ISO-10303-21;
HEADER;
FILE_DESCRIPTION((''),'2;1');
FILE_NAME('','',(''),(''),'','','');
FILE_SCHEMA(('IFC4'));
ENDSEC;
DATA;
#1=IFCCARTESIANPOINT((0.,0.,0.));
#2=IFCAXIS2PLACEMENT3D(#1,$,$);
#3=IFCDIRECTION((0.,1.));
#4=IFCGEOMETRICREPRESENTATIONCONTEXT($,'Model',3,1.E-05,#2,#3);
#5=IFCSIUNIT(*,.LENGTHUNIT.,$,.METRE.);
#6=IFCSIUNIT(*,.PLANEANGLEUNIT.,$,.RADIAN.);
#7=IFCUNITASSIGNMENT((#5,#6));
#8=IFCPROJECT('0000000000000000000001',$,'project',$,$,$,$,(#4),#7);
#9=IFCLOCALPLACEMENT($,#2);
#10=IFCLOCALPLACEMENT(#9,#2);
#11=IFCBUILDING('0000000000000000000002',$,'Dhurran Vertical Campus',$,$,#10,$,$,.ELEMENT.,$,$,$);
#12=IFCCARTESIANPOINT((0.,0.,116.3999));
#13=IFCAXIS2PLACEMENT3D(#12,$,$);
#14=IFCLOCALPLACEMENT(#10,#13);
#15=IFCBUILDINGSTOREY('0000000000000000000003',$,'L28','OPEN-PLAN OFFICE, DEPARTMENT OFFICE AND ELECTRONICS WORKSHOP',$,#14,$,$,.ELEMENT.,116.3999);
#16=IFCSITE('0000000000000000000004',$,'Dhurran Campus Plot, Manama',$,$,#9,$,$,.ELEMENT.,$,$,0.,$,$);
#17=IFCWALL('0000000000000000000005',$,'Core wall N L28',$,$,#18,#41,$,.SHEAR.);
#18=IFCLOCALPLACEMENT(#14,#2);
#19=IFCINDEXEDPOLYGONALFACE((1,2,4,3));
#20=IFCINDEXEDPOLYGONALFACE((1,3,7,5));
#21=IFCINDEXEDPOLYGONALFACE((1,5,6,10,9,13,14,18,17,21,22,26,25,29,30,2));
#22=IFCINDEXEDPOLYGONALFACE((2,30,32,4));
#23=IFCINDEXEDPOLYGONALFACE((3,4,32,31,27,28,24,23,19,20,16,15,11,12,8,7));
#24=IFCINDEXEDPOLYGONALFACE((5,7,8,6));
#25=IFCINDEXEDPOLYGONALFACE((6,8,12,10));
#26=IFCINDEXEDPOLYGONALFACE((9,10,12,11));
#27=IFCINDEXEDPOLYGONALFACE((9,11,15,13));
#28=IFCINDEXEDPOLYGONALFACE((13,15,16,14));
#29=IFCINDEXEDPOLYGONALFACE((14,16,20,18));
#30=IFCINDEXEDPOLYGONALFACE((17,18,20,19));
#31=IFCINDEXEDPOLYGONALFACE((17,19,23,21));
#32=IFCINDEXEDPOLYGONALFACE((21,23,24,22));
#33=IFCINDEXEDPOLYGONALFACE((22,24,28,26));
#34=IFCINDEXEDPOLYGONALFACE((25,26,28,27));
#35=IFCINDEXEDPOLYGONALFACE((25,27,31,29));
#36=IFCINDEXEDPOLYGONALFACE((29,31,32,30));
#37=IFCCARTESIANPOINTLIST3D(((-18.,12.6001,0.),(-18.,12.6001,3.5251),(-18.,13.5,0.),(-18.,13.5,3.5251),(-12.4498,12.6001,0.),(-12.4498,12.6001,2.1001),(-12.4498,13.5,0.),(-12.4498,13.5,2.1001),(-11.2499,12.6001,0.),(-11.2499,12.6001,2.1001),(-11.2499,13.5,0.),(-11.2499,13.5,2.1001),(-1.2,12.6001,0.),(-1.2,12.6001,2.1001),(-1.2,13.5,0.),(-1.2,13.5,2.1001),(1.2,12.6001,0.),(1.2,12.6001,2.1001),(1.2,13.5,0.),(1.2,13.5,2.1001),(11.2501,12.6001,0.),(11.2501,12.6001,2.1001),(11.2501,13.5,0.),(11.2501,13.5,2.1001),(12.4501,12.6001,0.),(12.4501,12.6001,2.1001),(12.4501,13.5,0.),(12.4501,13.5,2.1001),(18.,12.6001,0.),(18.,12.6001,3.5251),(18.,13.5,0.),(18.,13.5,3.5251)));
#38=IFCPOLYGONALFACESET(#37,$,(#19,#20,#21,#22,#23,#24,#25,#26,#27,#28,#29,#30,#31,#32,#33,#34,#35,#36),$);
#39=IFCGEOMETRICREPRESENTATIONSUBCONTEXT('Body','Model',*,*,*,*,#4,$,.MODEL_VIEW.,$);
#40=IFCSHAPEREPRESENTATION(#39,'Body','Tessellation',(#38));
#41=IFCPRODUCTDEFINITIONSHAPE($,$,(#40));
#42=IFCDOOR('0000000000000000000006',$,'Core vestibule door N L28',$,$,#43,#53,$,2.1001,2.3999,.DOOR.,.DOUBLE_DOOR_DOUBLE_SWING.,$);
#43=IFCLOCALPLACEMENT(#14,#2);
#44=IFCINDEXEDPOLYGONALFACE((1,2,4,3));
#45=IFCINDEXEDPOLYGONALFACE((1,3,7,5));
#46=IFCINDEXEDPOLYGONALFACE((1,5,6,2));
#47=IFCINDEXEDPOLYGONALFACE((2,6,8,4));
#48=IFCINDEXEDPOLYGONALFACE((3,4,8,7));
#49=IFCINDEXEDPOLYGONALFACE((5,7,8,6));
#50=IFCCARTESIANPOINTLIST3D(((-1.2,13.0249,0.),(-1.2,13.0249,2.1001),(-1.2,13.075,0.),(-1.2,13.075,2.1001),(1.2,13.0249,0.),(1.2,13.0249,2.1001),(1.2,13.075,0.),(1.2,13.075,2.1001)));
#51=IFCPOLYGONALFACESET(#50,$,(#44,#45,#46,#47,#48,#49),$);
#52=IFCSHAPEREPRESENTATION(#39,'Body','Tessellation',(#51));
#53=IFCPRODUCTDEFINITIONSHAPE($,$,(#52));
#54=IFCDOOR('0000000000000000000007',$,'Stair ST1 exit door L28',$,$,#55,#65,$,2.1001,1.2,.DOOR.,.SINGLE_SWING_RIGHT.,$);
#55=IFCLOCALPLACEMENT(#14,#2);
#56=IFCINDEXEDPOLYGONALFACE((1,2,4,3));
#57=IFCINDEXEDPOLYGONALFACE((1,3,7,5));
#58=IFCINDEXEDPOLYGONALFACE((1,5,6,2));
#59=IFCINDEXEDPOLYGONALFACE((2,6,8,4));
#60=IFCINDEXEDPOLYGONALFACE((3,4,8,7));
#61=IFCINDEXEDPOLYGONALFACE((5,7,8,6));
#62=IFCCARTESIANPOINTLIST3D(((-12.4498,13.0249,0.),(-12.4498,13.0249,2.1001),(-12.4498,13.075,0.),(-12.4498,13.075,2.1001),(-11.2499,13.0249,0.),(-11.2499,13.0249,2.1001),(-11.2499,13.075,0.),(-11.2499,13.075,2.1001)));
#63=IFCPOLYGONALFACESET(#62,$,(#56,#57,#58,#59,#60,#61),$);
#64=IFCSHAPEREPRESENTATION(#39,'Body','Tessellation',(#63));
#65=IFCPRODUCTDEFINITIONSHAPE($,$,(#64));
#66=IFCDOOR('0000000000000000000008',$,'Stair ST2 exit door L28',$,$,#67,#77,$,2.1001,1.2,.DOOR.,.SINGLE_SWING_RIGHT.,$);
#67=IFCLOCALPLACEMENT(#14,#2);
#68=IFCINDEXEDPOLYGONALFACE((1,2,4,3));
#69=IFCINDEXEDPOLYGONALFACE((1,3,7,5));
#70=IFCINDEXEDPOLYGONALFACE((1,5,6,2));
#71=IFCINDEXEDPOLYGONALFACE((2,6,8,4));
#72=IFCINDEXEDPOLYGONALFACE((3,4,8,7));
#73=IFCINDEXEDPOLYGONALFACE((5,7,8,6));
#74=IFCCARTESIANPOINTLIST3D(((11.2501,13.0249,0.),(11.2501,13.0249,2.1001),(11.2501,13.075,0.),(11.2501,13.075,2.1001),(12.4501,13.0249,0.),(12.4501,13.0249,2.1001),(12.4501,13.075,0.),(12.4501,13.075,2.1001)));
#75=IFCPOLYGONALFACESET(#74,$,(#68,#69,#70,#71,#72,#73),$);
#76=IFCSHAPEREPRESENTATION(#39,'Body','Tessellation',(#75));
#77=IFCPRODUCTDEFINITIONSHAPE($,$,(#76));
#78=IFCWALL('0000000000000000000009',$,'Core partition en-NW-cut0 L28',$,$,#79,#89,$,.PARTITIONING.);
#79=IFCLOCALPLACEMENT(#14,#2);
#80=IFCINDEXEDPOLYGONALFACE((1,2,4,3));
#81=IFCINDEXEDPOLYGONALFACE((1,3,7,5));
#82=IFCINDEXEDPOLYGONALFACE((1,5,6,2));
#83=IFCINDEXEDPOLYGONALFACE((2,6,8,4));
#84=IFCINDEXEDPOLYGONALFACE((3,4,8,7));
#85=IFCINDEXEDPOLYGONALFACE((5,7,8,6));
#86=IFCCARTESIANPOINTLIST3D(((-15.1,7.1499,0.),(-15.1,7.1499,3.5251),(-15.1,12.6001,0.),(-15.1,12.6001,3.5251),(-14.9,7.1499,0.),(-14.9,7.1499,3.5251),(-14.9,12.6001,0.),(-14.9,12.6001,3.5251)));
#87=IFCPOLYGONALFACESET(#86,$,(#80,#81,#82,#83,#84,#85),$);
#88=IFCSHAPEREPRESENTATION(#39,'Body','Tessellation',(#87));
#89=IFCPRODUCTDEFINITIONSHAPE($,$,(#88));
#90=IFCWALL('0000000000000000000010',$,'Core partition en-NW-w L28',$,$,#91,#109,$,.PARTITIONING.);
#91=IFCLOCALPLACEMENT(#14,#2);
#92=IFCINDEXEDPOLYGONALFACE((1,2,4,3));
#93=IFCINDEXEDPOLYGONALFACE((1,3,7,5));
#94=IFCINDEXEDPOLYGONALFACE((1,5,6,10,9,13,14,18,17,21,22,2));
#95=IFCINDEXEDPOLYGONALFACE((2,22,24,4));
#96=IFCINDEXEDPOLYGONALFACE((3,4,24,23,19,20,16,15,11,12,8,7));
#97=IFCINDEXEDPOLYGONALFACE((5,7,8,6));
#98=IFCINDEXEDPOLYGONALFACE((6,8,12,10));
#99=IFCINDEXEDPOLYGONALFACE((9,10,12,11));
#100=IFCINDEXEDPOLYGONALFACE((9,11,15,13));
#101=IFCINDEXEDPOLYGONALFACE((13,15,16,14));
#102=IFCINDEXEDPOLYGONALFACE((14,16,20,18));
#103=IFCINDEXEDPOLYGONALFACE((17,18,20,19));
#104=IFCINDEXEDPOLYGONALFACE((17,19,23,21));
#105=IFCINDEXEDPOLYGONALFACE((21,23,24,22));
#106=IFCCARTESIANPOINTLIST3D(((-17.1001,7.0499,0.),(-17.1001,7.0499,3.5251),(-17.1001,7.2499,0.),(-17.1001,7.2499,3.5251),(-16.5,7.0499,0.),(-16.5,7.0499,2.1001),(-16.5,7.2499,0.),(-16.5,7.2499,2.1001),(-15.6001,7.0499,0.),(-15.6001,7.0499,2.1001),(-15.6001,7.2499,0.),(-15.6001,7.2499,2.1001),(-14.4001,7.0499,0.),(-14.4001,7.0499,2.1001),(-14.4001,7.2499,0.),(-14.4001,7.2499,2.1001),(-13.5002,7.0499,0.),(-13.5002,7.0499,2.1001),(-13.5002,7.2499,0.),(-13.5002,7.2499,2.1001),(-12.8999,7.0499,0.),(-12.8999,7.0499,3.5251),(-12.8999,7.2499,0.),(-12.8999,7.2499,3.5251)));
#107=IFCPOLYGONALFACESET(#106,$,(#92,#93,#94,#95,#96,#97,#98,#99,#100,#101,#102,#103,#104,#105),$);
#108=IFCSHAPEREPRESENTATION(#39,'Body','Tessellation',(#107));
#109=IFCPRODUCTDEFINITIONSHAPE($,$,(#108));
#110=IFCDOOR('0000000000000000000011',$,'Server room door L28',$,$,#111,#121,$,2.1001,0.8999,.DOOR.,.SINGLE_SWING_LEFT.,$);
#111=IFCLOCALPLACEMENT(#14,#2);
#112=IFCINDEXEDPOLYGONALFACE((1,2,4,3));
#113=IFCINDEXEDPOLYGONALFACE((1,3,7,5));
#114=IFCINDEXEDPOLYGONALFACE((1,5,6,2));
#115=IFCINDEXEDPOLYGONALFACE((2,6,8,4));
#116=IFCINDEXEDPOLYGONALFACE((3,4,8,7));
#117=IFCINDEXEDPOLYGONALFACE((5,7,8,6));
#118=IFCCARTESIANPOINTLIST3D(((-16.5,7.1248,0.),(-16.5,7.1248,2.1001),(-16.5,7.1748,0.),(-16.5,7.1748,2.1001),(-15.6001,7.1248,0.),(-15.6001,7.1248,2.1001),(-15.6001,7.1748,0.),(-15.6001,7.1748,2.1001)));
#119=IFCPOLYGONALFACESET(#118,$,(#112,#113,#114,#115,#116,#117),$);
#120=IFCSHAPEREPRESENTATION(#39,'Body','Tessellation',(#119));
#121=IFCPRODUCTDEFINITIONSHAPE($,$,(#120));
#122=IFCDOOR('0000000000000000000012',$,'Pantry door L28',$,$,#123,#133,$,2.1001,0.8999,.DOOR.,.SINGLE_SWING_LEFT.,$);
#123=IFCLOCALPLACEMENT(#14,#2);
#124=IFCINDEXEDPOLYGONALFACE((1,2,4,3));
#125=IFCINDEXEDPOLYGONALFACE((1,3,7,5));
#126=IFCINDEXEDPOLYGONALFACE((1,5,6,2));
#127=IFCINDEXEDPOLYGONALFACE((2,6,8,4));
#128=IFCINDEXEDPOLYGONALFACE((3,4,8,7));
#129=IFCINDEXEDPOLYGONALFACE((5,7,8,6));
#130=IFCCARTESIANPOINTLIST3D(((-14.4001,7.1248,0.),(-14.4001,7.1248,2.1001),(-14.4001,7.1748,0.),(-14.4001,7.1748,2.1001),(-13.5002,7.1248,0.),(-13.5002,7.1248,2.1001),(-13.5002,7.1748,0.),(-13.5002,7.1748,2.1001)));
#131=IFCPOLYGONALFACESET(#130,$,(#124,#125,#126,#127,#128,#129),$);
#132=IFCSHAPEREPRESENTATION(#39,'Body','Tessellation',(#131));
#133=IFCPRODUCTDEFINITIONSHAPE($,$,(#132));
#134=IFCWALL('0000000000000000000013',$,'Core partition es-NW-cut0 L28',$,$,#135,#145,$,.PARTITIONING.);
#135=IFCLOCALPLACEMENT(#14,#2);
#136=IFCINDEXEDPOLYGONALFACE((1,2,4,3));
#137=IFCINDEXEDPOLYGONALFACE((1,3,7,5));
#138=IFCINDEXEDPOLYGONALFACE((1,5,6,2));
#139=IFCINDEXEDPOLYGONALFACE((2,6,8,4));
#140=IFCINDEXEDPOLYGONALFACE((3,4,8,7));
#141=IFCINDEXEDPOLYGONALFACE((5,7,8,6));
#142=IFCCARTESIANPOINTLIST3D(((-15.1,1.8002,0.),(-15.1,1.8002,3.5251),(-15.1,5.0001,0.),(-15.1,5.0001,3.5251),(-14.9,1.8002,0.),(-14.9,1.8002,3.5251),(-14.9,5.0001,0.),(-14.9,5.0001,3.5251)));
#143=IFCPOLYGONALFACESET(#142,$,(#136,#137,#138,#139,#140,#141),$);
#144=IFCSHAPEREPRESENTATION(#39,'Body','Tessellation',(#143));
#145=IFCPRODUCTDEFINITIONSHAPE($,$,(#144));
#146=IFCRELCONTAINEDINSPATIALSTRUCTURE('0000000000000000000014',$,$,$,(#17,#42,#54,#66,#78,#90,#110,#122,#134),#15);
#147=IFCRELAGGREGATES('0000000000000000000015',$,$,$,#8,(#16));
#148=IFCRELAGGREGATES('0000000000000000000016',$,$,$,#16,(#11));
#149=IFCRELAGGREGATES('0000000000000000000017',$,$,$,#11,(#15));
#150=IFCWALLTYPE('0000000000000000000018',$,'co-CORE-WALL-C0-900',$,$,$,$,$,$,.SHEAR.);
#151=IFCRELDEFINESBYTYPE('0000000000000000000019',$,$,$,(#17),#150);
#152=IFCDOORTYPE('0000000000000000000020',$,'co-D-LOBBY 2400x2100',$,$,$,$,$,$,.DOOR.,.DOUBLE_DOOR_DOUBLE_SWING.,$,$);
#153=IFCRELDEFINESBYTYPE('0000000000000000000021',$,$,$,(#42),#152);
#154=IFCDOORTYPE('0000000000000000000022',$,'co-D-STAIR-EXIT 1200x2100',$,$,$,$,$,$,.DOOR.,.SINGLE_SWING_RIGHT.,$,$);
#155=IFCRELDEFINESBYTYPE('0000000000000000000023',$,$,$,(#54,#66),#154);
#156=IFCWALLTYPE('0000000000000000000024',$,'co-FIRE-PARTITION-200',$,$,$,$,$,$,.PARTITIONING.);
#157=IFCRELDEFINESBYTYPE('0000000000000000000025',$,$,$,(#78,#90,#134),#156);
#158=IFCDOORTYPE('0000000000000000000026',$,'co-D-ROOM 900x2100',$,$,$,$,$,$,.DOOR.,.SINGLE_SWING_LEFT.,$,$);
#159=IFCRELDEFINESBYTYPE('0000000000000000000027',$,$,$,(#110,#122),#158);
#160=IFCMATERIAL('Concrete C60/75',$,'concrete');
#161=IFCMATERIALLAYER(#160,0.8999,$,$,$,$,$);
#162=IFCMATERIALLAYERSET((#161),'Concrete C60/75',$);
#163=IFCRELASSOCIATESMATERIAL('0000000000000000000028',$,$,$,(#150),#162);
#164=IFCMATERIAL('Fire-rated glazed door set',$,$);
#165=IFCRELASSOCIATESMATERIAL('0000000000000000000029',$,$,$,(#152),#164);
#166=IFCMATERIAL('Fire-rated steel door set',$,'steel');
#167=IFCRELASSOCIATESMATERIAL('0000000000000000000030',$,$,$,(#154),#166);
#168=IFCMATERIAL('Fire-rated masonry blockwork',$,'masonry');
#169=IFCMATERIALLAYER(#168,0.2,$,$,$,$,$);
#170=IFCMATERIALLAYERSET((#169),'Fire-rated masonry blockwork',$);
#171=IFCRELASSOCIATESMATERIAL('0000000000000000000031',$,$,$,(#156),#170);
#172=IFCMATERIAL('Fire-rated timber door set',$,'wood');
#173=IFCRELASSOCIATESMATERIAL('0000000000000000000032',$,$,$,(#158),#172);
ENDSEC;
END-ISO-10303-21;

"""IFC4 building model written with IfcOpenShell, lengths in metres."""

from ifc_helpers import new_model, si_unit, direction, frame, frame_2d, origin, place, context, subcontext, project, spatial, rectangle, extrude, material, layer, layer_set, type_object, element, fill, save


model = new_model("IFC4")

# Units and contexts
model_context = context("Model", 3, precision=1e-05, world=origin(), true_north=direction((0.0, 1.0)))
body_context = subcontext(model_context, "Body", "Model", "MODEL_VIEW")
ifc_project = project(units=[si_unit("LENGTHUNIT", "METRE"), si_unit("PLANEANGLEUNIT", "RADIAN")], contexts=[model_context])

# Site, building, storey
site_placement = place(None, origin())
site = spatial("IfcSite", under=ifc_project, at=site_placement, Name="Dhurran Campus Plot, Manama", CompositionType="ELEMENT", RefElevation=0.0)
building_placement = place(site_placement, origin())
building = spatial("IfcBuilding", under=site, at=building_placement, Name="Dhurran Vertical Campus", CompositionType="ELEMENT")
storey_placement = place(building_placement, frame((0.0, 0.0, 116.3999)))
storey = spatial("IfcBuildingStorey", under=building, at=storey_placement, Name="L28", Description="OPEN-PLAN OFFICE, DEPARTMENT OFFICE AND ELECTRONICS WORKSHOP", CompositionType="ELEMENT", Elevation=116.3999)

# Wall, openings, doors
ifc_material_1 = material(Name="Concrete C60/75", Category="concrete")
ifc_layer_1 = layer(ifc_material_1, 0.8999)
ifc_layer_set_1 = layer_set([ifc_layer_1], Name="Concrete C60/75")
wall_type_1 = type_object("IfcWallType", Name="co-CORE-WALL-C0-900", PredefinedType="SHEAR", material=ifc_layer_set_1)
wall_1_placement = place(storey_placement, frame((-18.0, 13.05, 0.0), z_axis=(0.0, 0.0, 1.0), x_axis=(1.0, 0.0, 0.0)))
wall_1 = element("IfcWall", 1, at=wall_1_placement, inside=storey, type_object=wall_type_1, Name="Core wall N L28", PredefinedType="SHEAR", context=body_context, shape_type="SweptSolid", body=[
    extrude(rectangle(XDim=36.0, YDim=0.8999, at=frame_2d((18.0, 0.0))), origin(), (0.0, 0.0, 1.0), 3.5251),
])
opening_1_placement = place(wall_1_placement, frame((16.8, 0.0, 0.0)))
opening_1 = element("IfcOpeningElement", 2, at=opening_1_placement, cuts=wall_1, PredefinedType="OPENING", context=body_context, shape_type="SweptSolid", body=[
    extrude(rectangle(XDim=2.3999, YDim=2.1001, at=frame_2d((1.2, 1.05))), frame((0.0, 0.46, 0.0), z_axis=(0.0, -1.0, 0.0), x_axis=(1.0, 0.0, 0.0)), (0.0, 0.0, 1.0), 0.9199),
])
opening_2_placement = place(wall_1_placement, frame((5.55, 0.0, 0.0)))
opening_2 = element("IfcOpeningElement", 3, at=opening_2_placement, cuts=wall_1, PredefinedType="OPENING", context=body_context, shape_type="SweptSolid", body=[
    extrude(rectangle(XDim=1.2, YDim=2.1001, at=frame_2d((0.6001, 1.05))), frame((0.0, 0.46, 0.0), z_axis=(0.0, -1.0, 0.0), x_axis=(1.0, 0.0, 0.0)), (0.0, 0.0, 1.0), 0.9199),
])
opening_3_placement = place(wall_1_placement, frame((29.25, 0.0, 0.0)))
opening_3 = element("IfcOpeningElement", 4, at=opening_3_placement, cuts=wall_1, PredefinedType="OPENING", context=body_context, shape_type="SweptSolid", body=[
    extrude(rectangle(XDim=1.2, YDim=2.1001, at=frame_2d((0.6001, 1.05))), frame((0.0, 0.46, 0.0), z_axis=(0.0, -1.0, 0.0), x_axis=(1.0, 0.0, 0.0)), (0.0, 0.0, 1.0), 0.9199),
])
ifc_material_2 = material(Name="Fire-rated glazed door set")
door_type_1 = type_object("IfcDoorType", Name="co-D-LOBBY 2400x2100", OperationType="DOUBLE_DOOR_DOUBLE_SWING", PredefinedType="DOOR", material=ifc_material_2)
door_1_placement = place(opening_1_placement, origin())
door_1 = element("IfcDoor", 5, at=door_1_placement, inside=storey, type_object=door_type_1, Name="Core vestibule door N L28", OperationType="DOUBLE_DOOR_DOUBLE_SWING", OverallHeight=2.1001, OverallWidth=2.3999, PredefinedType="DOOR", context=body_context, shape_type="SweptSolid", body=[
    extrude(rectangle(XDim=2.3999, YDim=2.1001, at=frame_2d((1.2, 1.05))), frame((0.0, 0.0249, 0.0), z_axis=(0.0, -1.0, 0.0), x_axis=(1.0, 0.0, 0.0)), (0.0, 0.0, 1.0), 0.05),
])
fill(opening_1, door_1)
ifc_material_3 = material(Name="Fire-rated steel door set", Category="steel")
door_type_2 = type_object("IfcDoorType", Name="co-D-STAIR-EXIT 1200x2100", OperationType="SINGLE_SWING_RIGHT", PredefinedType="DOOR", material=ifc_material_3)
door_2_placement = place(opening_2_placement, origin())
door_2 = element("IfcDoor", 6, at=door_2_placement, inside=storey, type_object=door_type_2, Name="Stair ST1 exit door L28", OperationType="SINGLE_SWING_RIGHT", OverallHeight=2.1001, OverallWidth=1.2, PredefinedType="DOOR", context=body_context, shape_type="SweptSolid", body=[
    extrude(rectangle(XDim=1.2, YDim=2.1001, at=frame_2d((0.6001, 1.05))), frame((0.0, 0.0249, 0.0), z_axis=(0.0, -1.0, 0.0), x_axis=(1.0, 0.0, 0.0)), (0.0, 0.0, 1.0), 0.05),
])
fill(opening_2, door_2)
door_3_placement = place(opening_3_placement, origin())
door_3 = element("IfcDoor", 7, at=door_3_placement, inside=storey, type_object=door_type_2, Name="Stair ST2 exit door L28", OperationType="SINGLE_SWING_RIGHT", OverallHeight=2.1001, OverallWidth=1.2, PredefinedType="DOOR", context=body_context, shape_type="SweptSolid", body=[
    extrude(rectangle(XDim=1.2, YDim=2.1001, at=frame_2d((0.6001, 1.05))), frame((0.0, 0.0249, 0.0), z_axis=(0.0, -1.0, 0.0), x_axis=(1.0, 0.0, 0.0)), (0.0, 0.0, 1.0), 0.05),
])
fill(opening_3, door_3)

# Wall
ifc_material_4 = material(Name="Fire-rated masonry blockwork", Category="masonry")
ifc_layer_2 = layer(ifc_material_4, 0.2)
ifc_layer_set_2 = layer_set([ifc_layer_2], Name="Fire-rated masonry blockwork")
wall_type_2 = type_object("IfcWallType", Name="co-FIRE-PARTITION-200", PredefinedType="PARTITIONING", material=ifc_layer_set_2)
wall_2_placement = place(storey_placement, frame((-15.0, 7.1499, 0.0), z_axis=(0.0, 0.0, 1.0), x_axis=(0.0, 1.0, 0.0)))
element("IfcWall", 8, at=wall_2_placement, inside=storey, type_object=wall_type_2, Name="Core partition en-NW-cut0 L28", PredefinedType="PARTITIONING", context=body_context, shape_type="SweptSolid", body=[
    extrude(rectangle(XDim=5.4502, YDim=0.2, at=frame_2d((2.7251, 0.0))), origin(), (0.0, 0.0, 1.0), 3.5251),
])

# Wall, openings, doors
wall_3_placement = place(storey_placement, frame((-17.1001, 7.1499, 0.0), z_axis=(0.0, 0.0, 1.0), x_axis=(1.0, 0.0, 0.0)))
wall_3 = element("IfcWall", 9, at=wall_3_placement, inside=storey, type_object=wall_type_2, Name="Core partition en-NW-w L28", PredefinedType="PARTITIONING", context=body_context, shape_type="SweptSolid", body=[
    extrude(rectangle(XDim=4.2002, YDim=0.2, at=frame_2d((2.1001, 0.0))), origin(), (0.0, 0.0, 1.0), 3.5251),
])
opening_4_placement = place(wall_3_placement, frame((0.6001, 0.0, 0.0)))
opening_4 = element("IfcOpeningElement", 10, at=opening_4_placement, cuts=wall_3, PredefinedType="OPENING", context=body_context, shape_type="SweptSolid", body=[
    extrude(rectangle(XDim=0.8999, YDim=2.1001, at=frame_2d((0.45, 1.05))), frame((0.0, 0.1099, 0.0), z_axis=(0.0, -1.0, 0.0), x_axis=(1.0, 0.0, 0.0)), (0.0, 0.0, 1.0), 0.22),
])
opening_5_placement = place(wall_3_placement, frame((2.7, 0.0, 0.0)))
opening_5 = element("IfcOpeningElement", 11, at=opening_5_placement, cuts=wall_3, PredefinedType="OPENING", context=body_context, shape_type="SweptSolid", body=[
    extrude(rectangle(XDim=0.8999, YDim=2.1001, at=frame_2d((0.45, 1.05))), frame((0.0, 0.1099, 0.0), z_axis=(0.0, -1.0, 0.0), x_axis=(1.0, 0.0, 0.0)), (0.0, 0.0, 1.0), 0.22),
])
ifc_material_5 = material(Name="Fire-rated timber door set", Category="wood")
door_type_3 = type_object("IfcDoorType", Name="co-D-ROOM 900x2100", OperationType="SINGLE_SWING_LEFT", PredefinedType="DOOR", material=ifc_material_5)
door_4_placement = place(opening_4_placement, origin())
door_4 = element("IfcDoor", 12, at=door_4_placement, inside=storey, type_object=door_type_3, Name="Server room door L28", OperationType="SINGLE_SWING_LEFT", OverallHeight=2.1001, OverallWidth=0.8999, PredefinedType="DOOR", context=body_context, shape_type="SweptSolid", body=[
    extrude(rectangle(XDim=0.8999, YDim=2.1001, at=frame_2d((0.45, 1.05))), frame((0.0, 0.0249, 0.0), z_axis=(0.0, -1.0, 0.0), x_axis=(1.0, 0.0, 0.0)), (0.0, 0.0, 1.0), 0.05),
])
fill(opening_4, door_4)
door_5_placement = place(opening_5_placement, origin())
door_5 = element("IfcDoor", 13, at=door_5_placement, inside=storey, type_object=door_type_3, Name="Pantry door L28", OperationType="SINGLE_SWING_LEFT", OverallHeight=2.1001, OverallWidth=0.8999, PredefinedType="DOOR", context=body_context, shape_type="SweptSolid", body=[
    extrude(rectangle(XDim=0.8999, YDim=2.1001, at=frame_2d((0.45, 1.05))), frame((0.0, 0.0249, 0.0), z_axis=(0.0, -1.0, 0.0), x_axis=(1.0, 0.0, 0.0)), (0.0, 0.0, 1.0), 0.05),
])
fill(opening_5, door_5)

# Wall
wall_4_placement = place(storey_placement, frame((-15.0, 1.8, 0.0), z_axis=(0.0, 0.0, 1.0), x_axis=(0.0, 1.0, 0.0)))
element("IfcWall", 14, at=wall_4_placement, inside=storey, type_object=wall_type_2, Name="Core partition es-NW-cut0 L28", PredefinedType="PARTITIONING", context=body_context, shape_type="SweptSolid", body=[
    extrude(rectangle(XDim=3.2, YDim=0.2, at=frame_2d((1.6001, 0.0))), origin(), (0.0, 0.0, 1.0), 3.5251),
])

save(model, "model.ifc")
